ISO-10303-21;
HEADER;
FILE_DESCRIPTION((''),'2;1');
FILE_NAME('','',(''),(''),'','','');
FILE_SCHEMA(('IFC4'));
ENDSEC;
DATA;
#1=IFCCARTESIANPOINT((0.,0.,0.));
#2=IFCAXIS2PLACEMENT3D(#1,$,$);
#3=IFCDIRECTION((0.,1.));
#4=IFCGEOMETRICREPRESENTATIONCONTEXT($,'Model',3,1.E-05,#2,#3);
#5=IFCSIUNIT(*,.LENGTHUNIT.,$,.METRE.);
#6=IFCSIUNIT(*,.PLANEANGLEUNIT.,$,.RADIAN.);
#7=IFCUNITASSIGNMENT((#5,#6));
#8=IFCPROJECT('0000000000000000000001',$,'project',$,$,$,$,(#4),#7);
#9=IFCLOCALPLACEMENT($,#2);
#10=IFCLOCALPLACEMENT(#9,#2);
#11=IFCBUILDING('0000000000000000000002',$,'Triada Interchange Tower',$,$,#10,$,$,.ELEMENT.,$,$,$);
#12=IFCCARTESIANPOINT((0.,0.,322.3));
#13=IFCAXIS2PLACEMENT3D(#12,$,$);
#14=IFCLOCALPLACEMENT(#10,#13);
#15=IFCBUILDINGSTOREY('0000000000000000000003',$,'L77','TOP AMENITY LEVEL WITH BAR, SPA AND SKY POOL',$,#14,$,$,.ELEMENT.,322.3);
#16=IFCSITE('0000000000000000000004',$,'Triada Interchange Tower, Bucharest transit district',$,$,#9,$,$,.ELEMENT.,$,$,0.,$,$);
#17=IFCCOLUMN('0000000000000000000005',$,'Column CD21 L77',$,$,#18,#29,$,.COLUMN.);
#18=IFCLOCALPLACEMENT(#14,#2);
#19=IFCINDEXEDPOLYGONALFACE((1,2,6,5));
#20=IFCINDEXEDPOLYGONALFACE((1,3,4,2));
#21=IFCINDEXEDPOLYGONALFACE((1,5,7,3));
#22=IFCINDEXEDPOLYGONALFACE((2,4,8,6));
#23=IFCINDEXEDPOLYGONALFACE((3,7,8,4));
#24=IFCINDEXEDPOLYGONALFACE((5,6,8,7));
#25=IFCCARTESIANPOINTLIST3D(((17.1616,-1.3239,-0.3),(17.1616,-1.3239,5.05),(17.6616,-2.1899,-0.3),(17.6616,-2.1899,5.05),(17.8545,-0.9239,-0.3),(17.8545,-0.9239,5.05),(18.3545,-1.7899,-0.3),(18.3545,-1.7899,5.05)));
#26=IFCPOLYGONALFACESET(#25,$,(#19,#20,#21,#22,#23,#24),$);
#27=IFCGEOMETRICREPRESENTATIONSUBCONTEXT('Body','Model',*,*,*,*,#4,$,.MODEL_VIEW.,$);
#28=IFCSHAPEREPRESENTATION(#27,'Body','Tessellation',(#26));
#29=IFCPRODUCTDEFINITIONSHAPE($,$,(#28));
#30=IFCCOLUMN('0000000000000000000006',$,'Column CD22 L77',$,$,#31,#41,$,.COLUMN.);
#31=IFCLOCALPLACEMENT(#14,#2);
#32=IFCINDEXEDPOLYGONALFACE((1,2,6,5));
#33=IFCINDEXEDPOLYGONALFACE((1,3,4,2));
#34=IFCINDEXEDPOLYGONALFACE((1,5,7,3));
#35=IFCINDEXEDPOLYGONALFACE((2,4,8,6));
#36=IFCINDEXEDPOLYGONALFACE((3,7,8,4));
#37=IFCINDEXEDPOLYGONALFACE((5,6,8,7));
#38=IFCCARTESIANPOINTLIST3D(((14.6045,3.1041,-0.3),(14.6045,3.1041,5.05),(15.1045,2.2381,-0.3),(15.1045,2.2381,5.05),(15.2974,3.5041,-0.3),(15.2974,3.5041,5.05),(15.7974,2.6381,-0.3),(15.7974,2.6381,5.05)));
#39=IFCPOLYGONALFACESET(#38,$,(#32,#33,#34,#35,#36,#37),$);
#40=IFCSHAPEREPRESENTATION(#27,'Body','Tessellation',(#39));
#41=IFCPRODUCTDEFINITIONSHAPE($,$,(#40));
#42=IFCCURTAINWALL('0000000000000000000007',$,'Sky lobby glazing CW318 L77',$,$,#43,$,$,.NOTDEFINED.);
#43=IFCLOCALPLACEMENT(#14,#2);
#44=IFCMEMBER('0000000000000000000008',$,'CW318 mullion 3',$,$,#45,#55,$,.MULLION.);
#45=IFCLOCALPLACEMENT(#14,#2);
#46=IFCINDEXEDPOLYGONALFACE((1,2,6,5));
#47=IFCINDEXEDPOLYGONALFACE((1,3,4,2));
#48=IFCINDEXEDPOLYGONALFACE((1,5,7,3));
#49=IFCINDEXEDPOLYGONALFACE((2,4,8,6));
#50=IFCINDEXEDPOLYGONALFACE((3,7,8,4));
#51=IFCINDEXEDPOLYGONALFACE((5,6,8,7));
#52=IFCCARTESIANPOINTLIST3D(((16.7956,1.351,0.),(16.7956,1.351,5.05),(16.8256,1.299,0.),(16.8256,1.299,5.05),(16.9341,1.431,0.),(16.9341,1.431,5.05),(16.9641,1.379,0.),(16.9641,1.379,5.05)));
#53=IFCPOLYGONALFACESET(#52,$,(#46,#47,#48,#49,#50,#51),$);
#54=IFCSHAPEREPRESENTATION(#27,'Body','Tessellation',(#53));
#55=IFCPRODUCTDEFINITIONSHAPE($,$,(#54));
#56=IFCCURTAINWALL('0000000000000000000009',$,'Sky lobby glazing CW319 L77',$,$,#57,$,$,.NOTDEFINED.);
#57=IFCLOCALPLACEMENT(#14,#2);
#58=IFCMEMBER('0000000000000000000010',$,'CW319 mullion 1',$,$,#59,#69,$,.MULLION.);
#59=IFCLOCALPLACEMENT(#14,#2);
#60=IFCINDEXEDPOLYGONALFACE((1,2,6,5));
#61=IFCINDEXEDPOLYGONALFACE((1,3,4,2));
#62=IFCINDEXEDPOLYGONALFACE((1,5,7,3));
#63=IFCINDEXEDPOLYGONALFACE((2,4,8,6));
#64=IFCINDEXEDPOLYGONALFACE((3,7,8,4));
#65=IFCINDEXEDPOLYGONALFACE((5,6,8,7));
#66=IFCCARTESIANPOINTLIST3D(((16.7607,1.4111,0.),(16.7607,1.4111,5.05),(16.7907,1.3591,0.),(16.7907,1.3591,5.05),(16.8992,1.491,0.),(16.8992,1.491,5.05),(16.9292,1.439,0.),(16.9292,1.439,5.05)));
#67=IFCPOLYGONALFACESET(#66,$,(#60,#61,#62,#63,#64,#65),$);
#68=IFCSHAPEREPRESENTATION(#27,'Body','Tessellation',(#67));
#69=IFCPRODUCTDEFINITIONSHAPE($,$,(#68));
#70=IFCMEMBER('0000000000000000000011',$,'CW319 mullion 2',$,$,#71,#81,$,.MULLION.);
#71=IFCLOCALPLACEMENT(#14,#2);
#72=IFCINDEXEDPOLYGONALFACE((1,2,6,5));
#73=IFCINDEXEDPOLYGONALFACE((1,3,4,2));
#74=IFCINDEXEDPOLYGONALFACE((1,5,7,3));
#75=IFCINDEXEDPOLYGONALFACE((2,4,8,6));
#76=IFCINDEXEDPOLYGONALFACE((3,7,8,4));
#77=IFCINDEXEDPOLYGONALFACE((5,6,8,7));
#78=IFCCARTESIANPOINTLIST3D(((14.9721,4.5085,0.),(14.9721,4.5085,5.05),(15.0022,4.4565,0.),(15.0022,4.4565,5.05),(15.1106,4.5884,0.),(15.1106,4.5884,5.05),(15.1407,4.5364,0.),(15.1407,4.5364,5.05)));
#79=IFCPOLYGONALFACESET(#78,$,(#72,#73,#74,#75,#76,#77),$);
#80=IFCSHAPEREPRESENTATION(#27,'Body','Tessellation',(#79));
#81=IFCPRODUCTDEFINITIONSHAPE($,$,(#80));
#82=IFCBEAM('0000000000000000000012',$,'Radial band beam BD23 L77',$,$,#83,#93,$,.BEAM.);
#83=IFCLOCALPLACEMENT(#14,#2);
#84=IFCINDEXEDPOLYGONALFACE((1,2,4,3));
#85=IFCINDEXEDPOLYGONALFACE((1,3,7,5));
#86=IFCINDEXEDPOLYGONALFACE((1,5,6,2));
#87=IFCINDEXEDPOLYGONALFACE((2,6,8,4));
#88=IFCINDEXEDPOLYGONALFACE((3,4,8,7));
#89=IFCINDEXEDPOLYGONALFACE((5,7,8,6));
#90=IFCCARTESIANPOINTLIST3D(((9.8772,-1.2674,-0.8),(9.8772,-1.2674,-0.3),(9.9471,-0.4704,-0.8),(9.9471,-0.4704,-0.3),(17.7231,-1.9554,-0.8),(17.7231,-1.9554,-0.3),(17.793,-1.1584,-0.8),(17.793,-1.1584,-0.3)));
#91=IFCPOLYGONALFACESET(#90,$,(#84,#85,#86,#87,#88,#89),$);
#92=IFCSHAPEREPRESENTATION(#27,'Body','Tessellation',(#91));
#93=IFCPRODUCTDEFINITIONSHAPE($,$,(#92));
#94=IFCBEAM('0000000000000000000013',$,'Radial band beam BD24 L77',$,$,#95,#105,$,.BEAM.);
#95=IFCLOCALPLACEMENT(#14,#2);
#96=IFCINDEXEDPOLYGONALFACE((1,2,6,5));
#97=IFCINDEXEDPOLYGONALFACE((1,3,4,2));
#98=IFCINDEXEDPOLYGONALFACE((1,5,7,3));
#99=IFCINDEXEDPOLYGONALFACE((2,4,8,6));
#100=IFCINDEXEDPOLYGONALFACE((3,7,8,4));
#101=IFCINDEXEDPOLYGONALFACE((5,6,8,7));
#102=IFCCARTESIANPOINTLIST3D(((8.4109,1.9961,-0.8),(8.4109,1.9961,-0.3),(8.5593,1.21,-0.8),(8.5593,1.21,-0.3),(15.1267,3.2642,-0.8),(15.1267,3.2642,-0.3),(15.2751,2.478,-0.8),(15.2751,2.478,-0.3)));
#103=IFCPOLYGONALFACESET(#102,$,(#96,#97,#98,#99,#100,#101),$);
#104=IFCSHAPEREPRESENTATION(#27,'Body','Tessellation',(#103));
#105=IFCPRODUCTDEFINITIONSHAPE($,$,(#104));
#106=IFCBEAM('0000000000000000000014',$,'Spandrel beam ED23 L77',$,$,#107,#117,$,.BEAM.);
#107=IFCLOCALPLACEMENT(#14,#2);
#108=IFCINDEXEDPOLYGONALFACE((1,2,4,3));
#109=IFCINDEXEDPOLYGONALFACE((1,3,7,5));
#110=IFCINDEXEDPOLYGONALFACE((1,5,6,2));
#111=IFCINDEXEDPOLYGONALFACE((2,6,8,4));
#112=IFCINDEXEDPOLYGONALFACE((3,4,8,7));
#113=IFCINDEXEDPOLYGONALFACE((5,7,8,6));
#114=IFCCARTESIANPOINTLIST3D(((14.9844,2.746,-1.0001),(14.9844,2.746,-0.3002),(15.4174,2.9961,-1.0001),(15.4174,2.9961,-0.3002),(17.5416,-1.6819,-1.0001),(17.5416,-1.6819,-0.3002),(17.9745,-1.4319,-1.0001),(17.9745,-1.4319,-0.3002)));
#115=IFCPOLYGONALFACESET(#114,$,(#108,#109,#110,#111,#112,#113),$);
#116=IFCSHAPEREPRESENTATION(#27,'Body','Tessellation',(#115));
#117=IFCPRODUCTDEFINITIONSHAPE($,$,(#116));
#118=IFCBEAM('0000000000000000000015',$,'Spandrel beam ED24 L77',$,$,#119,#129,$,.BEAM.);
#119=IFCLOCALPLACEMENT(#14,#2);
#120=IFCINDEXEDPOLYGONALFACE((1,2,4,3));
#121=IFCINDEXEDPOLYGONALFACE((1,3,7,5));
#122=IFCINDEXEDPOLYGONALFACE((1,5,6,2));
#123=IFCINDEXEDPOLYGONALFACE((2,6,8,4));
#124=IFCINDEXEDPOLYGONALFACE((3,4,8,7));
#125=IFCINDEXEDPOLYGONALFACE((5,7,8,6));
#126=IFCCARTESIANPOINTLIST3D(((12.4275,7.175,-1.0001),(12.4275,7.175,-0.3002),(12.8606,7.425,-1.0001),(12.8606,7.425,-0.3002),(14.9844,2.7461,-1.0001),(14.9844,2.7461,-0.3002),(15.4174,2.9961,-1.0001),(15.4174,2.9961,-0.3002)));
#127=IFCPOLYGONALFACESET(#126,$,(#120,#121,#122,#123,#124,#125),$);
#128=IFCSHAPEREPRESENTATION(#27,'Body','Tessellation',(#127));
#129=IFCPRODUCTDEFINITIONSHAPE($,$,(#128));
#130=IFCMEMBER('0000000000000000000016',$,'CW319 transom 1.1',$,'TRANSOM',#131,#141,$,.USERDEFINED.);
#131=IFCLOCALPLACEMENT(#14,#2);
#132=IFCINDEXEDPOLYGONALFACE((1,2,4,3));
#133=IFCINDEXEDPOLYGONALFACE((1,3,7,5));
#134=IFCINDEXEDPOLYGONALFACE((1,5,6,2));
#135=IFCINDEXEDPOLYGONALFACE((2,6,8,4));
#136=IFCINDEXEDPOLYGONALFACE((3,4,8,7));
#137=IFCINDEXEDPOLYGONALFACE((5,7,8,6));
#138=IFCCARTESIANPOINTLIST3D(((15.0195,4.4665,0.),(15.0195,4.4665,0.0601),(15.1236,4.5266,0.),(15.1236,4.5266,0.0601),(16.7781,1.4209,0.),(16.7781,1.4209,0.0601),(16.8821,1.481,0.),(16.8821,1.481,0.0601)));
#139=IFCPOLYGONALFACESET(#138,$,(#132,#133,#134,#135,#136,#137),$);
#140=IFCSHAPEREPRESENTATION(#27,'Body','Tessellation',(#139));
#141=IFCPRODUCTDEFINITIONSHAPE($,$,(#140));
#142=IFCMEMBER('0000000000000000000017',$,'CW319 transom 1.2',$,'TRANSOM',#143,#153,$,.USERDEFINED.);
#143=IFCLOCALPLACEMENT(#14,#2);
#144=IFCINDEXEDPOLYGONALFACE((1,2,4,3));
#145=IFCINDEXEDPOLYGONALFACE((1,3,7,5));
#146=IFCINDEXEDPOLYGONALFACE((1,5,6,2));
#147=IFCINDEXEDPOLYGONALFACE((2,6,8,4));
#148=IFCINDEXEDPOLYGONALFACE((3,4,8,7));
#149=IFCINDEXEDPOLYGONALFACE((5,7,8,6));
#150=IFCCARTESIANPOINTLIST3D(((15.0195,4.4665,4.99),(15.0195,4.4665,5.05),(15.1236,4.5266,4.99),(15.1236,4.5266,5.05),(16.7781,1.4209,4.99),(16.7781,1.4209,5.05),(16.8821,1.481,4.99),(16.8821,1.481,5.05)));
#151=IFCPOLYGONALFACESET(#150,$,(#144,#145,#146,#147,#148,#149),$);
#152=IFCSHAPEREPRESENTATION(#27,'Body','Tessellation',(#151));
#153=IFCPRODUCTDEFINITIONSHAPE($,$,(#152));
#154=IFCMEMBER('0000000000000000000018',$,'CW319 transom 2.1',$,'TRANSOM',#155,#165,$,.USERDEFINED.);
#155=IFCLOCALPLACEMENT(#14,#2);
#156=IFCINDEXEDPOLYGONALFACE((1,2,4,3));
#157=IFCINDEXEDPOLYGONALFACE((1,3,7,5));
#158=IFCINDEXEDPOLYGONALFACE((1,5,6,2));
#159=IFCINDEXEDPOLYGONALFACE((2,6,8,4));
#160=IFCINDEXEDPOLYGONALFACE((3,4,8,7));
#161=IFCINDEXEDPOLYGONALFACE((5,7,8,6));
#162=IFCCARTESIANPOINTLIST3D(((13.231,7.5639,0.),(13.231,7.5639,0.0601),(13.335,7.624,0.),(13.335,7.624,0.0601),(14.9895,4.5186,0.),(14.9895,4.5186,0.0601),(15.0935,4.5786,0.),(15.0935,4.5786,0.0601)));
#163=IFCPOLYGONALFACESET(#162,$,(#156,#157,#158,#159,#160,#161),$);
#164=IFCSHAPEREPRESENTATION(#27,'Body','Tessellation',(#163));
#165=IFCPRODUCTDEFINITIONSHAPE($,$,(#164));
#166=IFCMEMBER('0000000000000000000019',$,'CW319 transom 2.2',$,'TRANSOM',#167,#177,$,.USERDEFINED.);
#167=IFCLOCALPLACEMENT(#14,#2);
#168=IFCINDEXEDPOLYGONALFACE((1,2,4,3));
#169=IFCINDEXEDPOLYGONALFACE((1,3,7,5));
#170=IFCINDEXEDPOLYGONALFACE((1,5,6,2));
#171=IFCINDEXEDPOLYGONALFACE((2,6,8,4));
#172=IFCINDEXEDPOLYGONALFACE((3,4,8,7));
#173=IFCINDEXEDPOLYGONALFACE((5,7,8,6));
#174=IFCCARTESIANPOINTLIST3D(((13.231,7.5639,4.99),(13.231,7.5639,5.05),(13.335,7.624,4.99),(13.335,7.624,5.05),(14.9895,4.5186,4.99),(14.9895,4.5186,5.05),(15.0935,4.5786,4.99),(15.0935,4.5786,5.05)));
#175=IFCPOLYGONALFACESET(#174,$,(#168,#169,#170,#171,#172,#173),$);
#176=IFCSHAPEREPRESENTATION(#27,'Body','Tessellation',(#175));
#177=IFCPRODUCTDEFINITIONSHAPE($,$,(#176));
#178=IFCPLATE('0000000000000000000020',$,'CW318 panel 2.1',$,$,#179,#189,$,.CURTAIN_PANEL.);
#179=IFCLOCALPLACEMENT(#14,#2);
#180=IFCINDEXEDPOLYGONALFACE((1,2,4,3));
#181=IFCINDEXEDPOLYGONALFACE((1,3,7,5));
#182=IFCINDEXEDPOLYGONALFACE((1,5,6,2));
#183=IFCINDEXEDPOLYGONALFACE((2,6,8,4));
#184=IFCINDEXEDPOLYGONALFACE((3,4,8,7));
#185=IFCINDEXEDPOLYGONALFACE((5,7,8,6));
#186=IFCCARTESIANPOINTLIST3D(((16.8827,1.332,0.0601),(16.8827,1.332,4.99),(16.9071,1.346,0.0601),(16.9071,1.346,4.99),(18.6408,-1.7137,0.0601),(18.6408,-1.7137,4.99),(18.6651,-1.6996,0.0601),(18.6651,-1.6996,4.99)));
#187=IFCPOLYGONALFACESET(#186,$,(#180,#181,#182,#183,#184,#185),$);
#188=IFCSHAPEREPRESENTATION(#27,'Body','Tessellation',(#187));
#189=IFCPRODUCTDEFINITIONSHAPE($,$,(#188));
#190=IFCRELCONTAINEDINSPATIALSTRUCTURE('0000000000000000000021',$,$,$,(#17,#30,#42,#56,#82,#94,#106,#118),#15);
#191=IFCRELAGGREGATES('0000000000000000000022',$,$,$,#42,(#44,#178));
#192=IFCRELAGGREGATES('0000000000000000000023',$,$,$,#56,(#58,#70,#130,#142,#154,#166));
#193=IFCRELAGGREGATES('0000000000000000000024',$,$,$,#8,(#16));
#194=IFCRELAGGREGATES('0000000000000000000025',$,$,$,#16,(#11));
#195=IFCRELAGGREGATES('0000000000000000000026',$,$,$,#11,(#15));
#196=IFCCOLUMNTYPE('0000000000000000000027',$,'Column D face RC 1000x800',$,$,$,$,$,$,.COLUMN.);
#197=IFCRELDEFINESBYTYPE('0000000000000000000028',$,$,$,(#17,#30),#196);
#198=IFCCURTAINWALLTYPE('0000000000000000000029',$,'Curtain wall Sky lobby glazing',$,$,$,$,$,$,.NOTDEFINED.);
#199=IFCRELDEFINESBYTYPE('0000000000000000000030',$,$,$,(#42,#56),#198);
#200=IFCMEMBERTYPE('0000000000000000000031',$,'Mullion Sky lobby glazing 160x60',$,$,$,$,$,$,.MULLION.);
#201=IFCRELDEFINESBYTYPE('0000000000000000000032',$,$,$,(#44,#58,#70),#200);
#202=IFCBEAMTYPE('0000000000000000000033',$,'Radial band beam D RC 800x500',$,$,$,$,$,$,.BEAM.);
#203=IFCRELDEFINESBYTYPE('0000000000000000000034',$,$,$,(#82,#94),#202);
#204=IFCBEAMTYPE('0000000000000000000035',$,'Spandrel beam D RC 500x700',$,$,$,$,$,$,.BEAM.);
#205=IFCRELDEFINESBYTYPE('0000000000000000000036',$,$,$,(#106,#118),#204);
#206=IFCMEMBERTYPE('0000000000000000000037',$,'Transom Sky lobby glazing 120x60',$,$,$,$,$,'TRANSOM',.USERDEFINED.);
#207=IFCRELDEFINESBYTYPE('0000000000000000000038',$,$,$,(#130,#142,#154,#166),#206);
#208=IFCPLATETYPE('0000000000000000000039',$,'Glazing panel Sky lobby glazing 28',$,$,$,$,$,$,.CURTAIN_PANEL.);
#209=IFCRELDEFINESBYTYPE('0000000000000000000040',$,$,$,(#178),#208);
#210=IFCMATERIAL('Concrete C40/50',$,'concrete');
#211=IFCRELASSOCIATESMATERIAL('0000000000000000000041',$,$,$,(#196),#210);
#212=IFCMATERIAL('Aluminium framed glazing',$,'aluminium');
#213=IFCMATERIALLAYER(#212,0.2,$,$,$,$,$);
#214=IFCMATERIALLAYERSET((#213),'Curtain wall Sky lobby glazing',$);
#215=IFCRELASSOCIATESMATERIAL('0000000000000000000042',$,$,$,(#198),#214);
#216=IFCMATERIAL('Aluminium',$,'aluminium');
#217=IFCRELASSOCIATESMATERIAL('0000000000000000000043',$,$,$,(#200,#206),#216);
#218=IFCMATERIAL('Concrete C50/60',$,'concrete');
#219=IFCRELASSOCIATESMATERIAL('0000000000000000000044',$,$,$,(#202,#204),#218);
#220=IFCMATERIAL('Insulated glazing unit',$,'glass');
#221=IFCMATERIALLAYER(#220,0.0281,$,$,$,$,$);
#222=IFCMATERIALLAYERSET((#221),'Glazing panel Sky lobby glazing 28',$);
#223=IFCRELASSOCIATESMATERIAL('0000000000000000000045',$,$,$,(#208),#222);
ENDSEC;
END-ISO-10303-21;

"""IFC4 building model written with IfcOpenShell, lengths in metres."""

from ifc_helpers import new_model, si_unit, direction, frame, origin, origin_2d, place, context, subcontext, project, spatial, rectangle, extrude, material, layer, layer_set, material_profile, profile_set, type_object, element, aggregate, save


model = new_model("IFC4")

# Units and contexts
model_context = context("Model", 3, precision=1e-05, world=origin(), true_north=direction((0.0, 1.0)))
body_context = subcontext(model_context, "Body", "Model", "MODEL_VIEW")
ifc_project = project(units=[si_unit("LENGTHUNIT", "METRE"), si_unit("PLANEANGLEUNIT", "RADIAN")], contexts=[model_context])

# Site, building, storey
site_placement = place(None, origin())
site = spatial("IfcSite", under=ifc_project, at=site_placement, Name="Triada Interchange Tower, Bucharest transit district", CompositionType="ELEMENT", RefElevation=0.0)
building_placement = place(site_placement, origin())
building = spatial("IfcBuilding", under=site, at=building_placement, Name="Triada Interchange Tower", CompositionType="ELEMENT")
storey_placement = place(building_placement, frame((0.0, 0.0, 322.3)))
storey = spatial("IfcBuildingStorey", under=building, at=storey_placement, Name="L77", Description="TOP AMENITY LEVEL WITH BAR, SPA AND SKY POOL", CompositionType="ELEMENT", Elevation=322.3)

# Columns
ifc_material_1 = material(Name="Concrete C40/50", Category="concrete")
ifc_material_profile_1 = material_profile(ifc_material_1, rectangle(XDim=1.0, YDim=0.8, at=origin_2d()), Name="RC 1000x800")
ifc_profile_set_1 = profile_set([ifc_material_profile_1], Name="Concrete C40/50")
column_type = type_object("IfcColumnType", Name="Column D face RC 1000x800", PredefinedType="COLUMN", material=ifc_profile_set_1)
for number, where, z_axis, x_axis, name in (
    (1, (17.7581, -1.5569, -0.3), (0.0, 0.0, 1.0), (-0.5, 0.866025, 0.0), "Column CD21 L77"),
    (2, (15.2009, 2.8711, -0.3), (0.0, 0.0, 1.0), (-0.5, 0.866025, 0.0), "Column CD22 L77"),
):
    element("IfcColumn", number, at=place(storey_placement, frame(where, z_axis=z_axis, x_axis=x_axis)), inside=storey, type_object=column_type, Name=name, PredefinedType="COLUMN", context=body_context, shape_type="SweptSolid", body=[
        extrude(rectangle(XDim=1.0, YDim=0.8, at=origin_2d()), origin(), (0.0, 0.0, 1.0), 5.3501),
    ])

# Curtain wall, member
ifc_material_2 = material(Name="Aluminium framed glazing", Category="aluminium")
ifc_layer_1 = layer(ifc_material_2, 0.2)
ifc_layer_set_1 = layer_set([ifc_layer_1], Name="Curtain wall Sky lobby glazing")
curtain_wall_type = type_object("IfcCurtainWallType", Name="Curtain wall Sky lobby glazing", PredefinedType="NOTDEFINED", material=ifc_layer_set_1)
curtain_wall_1_placement = place(storey_placement, origin())
curtain_wall_1 = element("IfcCurtainWall", 3, at=curtain_wall_1_placement, inside=storey, type_object=curtain_wall_type, Name="Sky lobby glazing CW318 L77", PredefinedType="NOTDEFINED")
ifc_material_3 = material(Name="Aluminium", Category="aluminium")
ifc_material_profile_2 = material_profile(ifc_material_3, rectangle(XDim=0.1599, YDim=0.0601, at=origin_2d()), Name="Aluminium mullion")
ifc_profile_set_2 = profile_set([ifc_material_profile_2], Name="Aluminium")
member_type_1 = type_object("IfcMemberType", Name="Mullion Sky lobby glazing 160x60", PredefinedType="MULLION", material=ifc_profile_set_2)
member_1_placement = place(storey_placement, frame((16.8799, 1.365, 0.0), z_axis=(0.0, 0.0, 1.0), x_axis=(-0.866068, -0.499926, 0.0)))
member_1 = element("IfcMember", 4, at=member_1_placement, type_object=member_type_1, Name="CW318 mullion 3", PredefinedType="MULLION", context=body_context, shape_type="SweptSolid", body=[
    extrude(rectangle(XDim=0.1599, YDim=0.0601, at=origin_2d()), origin(), (0.0, 0.0, 1.0), 5.05),
])

# Curtain wall, members
curtain_wall_2_placement = place(storey_placement, origin())
curtain_wall_2 = element("IfcCurtainWall", 5, at=curtain_wall_2_placement, inside=storey, type_object=curtain_wall_type, Name="Sky lobby glazing CW319 L77", PredefinedType="NOTDEFINED")
member_2_placement = place(storey_placement, frame((16.845, 1.425, 0.0), z_axis=(0.0, 0.0, 1.0), x_axis=(-0.866008, -0.50003, 0.0)))
member_2 = element("IfcMember", 6, at=member_2_placement, type_object=member_type_1, Name="CW319 mullion 1", PredefinedType="MULLION", context=body_context, shape_type="SweptSolid", body=[
    extrude(rectangle(XDim=0.1599, YDim=0.0601, at=origin_2d()), origin(), (0.0, 0.0, 1.0), 5.05),
])
member_3_placement = place(storey_placement, frame((15.0564, 4.5225, 0.0), z_axis=(0.0, 0.0, 1.0), x_axis=(-0.866008, -0.50003, 0.0)))
member_3 = element("IfcMember", 7, at=member_3_placement, type_object=member_type_1, Name="CW319 mullion 2", PredefinedType="MULLION", context=body_context, shape_type="SweptSolid", body=[
    extrude(rectangle(XDim=0.1599, YDim=0.0601, at=origin_2d()), origin(), (0.0, 0.0, 1.0), 5.05),
])

# Beams
ifc_material_4 = material(Name="Concrete C50/60", Category="concrete")
ifc_material_profile_3 = material_profile(ifc_material_4, rectangle(XDim=0.8, YDim=0.5, at=origin_2d()), Name="RC 800x500")
ifc_profile_set_3 = profile_set([ifc_material_profile_3], Name="Concrete C50/60")
beam_type_1 = type_object("IfcBeamType", Name="Radial band beam D RC 800x500", PredefinedType="BEAM", material=ifc_profile_set_3)
beam_1_placement = place(storey_placement, frame((17.7581, -1.5569, -0.55), z_axis=(-0.996178, 0.087352, 0.0), x_axis=(-0.087352, -0.996178, 0.0)))
element("IfcBeam", 8, at=beam_1_placement, inside=storey, type_object=beam_type_1, Name="Radial band beam BD23 L77", PredefinedType="BEAM", context=body_context, shape_type="SweptSolid", body=[
    extrude(rectangle(XDim=0.8, YDim=0.5, at=origin_2d()), origin(), (0.0, 0.0, 1.0), 7.876),
])
beam_2_placement = place(storey_placement, frame((15.2009, 2.8711, -0.55), z_axis=(-0.982637, -0.185539, 0.0), x_axis=(0.185539, -0.982637, 0.0)))
element("IfcBeam", 9, at=beam_2_placement, inside=storey, type_object=beam_type_1, Name="Radial band beam BD24 L77", PredefinedType="BEAM", context=body_context, shape_type="SweptSolid", body=[
    extrude(rectangle(XDim=0.8, YDim=0.5, at=origin_2d()), origin(), (0.0, 0.0, 1.0), 6.8345),
])
ifc_material_profile_4 = material_profile(ifc_material_4, rectangle(XDim=0.5, YDim=0.7, at=origin_2d()), Name="RC 500x700")
ifc_profile_set_4 = profile_set([ifc_material_profile_4], Name="Concrete C50/60")
beam_type_2 = type_object("IfcBeamType", Name="Spandrel beam D RC 500x700", PredefinedType="BEAM", material=ifc_profile_set_4)
beam_3_placement = place(storey_placement, frame((17.7581, -1.5569, -0.6501), z_axis=(-0.500093, 0.865972, 0.0), x_axis=(-0.865972, -0.500093, 0.0)))
element("IfcBeam", 10, at=beam_3_placement, inside=storey, type_object=beam_type_2, Name="Spandrel beam ED23 L77", PredefinedType="BEAM", context=body_context, shape_type="SweptSolid", body=[
    extrude(rectangle(XDim=0.5, YDim=0.7, at=origin_2d()), origin(), (0.0, 0.0, 1.0), 5.1133),
])
beam_4_placement = place(storey_placement, frame((15.2009, 2.8711, -0.6501), z_axis=(-0.499975, 0.86604, 0.0), x_axis=(-0.86604, -0.499975, 0.0)))
element("IfcBeam", 11, at=beam_4_placement, inside=storey, type_object=beam_type_2, Name="Spandrel beam ED24 L77", PredefinedType="BEAM", context=body_context, shape_type="SweptSolid", body=[
    extrude(rectangle(XDim=0.5, YDim=0.7, at=origin_2d()), origin(), (0.0, 0.0, 1.0), 5.114),
])

# Members
ifc_material_profile_5 = material_profile(ifc_material_3, rectangle(XDim=0.1201, YDim=0.0601, at=origin_2d()), Name="Aluminium transom")
ifc_profile_set_5 = profile_set([ifc_material_profile_5], Name="Aluminium")
member_type_2 = type_object("IfcMemberType", Name="Transom Sky lobby glazing 120x60", ElementType="TRANSOM", PredefinedType="USERDEFINED", material=ifc_profile_set_5)
member_4_placement = place(storey_placement, frame((16.8301, 1.4509, 0.03), z_axis=(-0.500029, 0.866009, 0.0), x_axis=(-0.866009, -0.500029, 0.0)))
member_4 = element("IfcMember", 12, at=member_4_placement, type_object=member_type_2, Name="CW319 transom 1.1", ObjectType="TRANSOM", PredefinedType="USERDEFINED", context=body_context, shape_type="SweptSolid", body=[
    extrude(rectangle(XDim=0.1201, YDim=0.0601, at=origin_2d()), origin(), (0.0, 0.0, 1.0), 3.5168),
])
member_5_placement = place(storey_placement, frame((16.8301, 1.4509, 5.02), z_axis=(-0.500029, 0.866009, 0.0), x_axis=(-0.866009, -0.500029, 0.0)))
member_5 = element("IfcMember", 13, at=member_5_placement, type_object=member_type_2, Name="CW319 transom 1.2", ObjectType="TRANSOM", PredefinedType="USERDEFINED", context=body_context, shape_type="SweptSolid", body=[
    extrude(rectangle(XDim=0.1201, YDim=0.0601, at=origin_2d()), origin(), (0.0, 0.0, 1.0), 3.5168),
])
member_6_placement = place(storey_placement, frame((15.0415, 4.5486, 0.03), z_axis=(-0.500059, 0.865991, 0.0), x_axis=(-0.865991, -0.500059, 0.0)))
member_6 = element("IfcMember", 14, at=member_6_placement, type_object=member_type_2, Name="CW319 transom 2.1", ObjectType="TRANSOM", PredefinedType="USERDEFINED", context=body_context, shape_type="SweptSolid", body=[
    extrude(rectangle(XDim=0.1201, YDim=0.0601, at=origin_2d()), origin(), (0.0, 0.0, 1.0), 3.5166),
])
member_7_placement = place(storey_placement, frame((15.0415, 4.5486, 5.02), z_axis=(-0.500059, 0.865991, 0.0), x_axis=(-0.865991, -0.500059, 0.0)))
member_7 = element("IfcMember", 15, at=member_7_placement, type_object=member_type_2, Name="CW319 transom 2.2", ObjectType="TRANSOM", PredefinedType="USERDEFINED", context=body_context, shape_type="SweptSolid", body=[
    extrude(rectangle(XDim=0.1201, YDim=0.0601, at=origin_2d()), origin(), (0.0, 0.0, 1.0), 3.5166),
])

# Plate
ifc_material_5 = material(Name="Insulated glazing unit", Category="glass")
ifc_layer_2 = layer(ifc_material_5, 0.0281)
ifc_layer_set_2 = layer_set([ifc_layer_2], Name="Glazing panel Sky lobby glazing 28")
plate_type = type_object("IfcPlateType", Name="Glazing panel Sky lobby glazing 28", PredefinedType="CURTAIN_PANEL", material=ifc_layer_set_2)
plate_1_placement = place(storey_placement, frame((17.7739, -0.1838, 0.0601), z_axis=(0.0, 0.0, 1.0), x_axis=(-0.499926, 0.866068, 0.0)))
plate_1 = element("IfcPlate", 16, at=plate_1_placement, type_object=plate_type, Name="CW318 panel 2.1", PredefinedType="CURTAIN_PANEL", context=body_context, shape_type="SweptSolid", body=[
    extrude(rectangle(XDim=3.5166, YDim=0.0281, at=origin_2d()), origin(), (0.0, 0.0, 1.0), 4.9299),
])
aggregate(curtain_wall_1, [member_1, plate_1])
aggregate(curtain_wall_2, [member_2, member_3, member_4, member_5, member_6, member_7])

save(model, "model.ifc")
